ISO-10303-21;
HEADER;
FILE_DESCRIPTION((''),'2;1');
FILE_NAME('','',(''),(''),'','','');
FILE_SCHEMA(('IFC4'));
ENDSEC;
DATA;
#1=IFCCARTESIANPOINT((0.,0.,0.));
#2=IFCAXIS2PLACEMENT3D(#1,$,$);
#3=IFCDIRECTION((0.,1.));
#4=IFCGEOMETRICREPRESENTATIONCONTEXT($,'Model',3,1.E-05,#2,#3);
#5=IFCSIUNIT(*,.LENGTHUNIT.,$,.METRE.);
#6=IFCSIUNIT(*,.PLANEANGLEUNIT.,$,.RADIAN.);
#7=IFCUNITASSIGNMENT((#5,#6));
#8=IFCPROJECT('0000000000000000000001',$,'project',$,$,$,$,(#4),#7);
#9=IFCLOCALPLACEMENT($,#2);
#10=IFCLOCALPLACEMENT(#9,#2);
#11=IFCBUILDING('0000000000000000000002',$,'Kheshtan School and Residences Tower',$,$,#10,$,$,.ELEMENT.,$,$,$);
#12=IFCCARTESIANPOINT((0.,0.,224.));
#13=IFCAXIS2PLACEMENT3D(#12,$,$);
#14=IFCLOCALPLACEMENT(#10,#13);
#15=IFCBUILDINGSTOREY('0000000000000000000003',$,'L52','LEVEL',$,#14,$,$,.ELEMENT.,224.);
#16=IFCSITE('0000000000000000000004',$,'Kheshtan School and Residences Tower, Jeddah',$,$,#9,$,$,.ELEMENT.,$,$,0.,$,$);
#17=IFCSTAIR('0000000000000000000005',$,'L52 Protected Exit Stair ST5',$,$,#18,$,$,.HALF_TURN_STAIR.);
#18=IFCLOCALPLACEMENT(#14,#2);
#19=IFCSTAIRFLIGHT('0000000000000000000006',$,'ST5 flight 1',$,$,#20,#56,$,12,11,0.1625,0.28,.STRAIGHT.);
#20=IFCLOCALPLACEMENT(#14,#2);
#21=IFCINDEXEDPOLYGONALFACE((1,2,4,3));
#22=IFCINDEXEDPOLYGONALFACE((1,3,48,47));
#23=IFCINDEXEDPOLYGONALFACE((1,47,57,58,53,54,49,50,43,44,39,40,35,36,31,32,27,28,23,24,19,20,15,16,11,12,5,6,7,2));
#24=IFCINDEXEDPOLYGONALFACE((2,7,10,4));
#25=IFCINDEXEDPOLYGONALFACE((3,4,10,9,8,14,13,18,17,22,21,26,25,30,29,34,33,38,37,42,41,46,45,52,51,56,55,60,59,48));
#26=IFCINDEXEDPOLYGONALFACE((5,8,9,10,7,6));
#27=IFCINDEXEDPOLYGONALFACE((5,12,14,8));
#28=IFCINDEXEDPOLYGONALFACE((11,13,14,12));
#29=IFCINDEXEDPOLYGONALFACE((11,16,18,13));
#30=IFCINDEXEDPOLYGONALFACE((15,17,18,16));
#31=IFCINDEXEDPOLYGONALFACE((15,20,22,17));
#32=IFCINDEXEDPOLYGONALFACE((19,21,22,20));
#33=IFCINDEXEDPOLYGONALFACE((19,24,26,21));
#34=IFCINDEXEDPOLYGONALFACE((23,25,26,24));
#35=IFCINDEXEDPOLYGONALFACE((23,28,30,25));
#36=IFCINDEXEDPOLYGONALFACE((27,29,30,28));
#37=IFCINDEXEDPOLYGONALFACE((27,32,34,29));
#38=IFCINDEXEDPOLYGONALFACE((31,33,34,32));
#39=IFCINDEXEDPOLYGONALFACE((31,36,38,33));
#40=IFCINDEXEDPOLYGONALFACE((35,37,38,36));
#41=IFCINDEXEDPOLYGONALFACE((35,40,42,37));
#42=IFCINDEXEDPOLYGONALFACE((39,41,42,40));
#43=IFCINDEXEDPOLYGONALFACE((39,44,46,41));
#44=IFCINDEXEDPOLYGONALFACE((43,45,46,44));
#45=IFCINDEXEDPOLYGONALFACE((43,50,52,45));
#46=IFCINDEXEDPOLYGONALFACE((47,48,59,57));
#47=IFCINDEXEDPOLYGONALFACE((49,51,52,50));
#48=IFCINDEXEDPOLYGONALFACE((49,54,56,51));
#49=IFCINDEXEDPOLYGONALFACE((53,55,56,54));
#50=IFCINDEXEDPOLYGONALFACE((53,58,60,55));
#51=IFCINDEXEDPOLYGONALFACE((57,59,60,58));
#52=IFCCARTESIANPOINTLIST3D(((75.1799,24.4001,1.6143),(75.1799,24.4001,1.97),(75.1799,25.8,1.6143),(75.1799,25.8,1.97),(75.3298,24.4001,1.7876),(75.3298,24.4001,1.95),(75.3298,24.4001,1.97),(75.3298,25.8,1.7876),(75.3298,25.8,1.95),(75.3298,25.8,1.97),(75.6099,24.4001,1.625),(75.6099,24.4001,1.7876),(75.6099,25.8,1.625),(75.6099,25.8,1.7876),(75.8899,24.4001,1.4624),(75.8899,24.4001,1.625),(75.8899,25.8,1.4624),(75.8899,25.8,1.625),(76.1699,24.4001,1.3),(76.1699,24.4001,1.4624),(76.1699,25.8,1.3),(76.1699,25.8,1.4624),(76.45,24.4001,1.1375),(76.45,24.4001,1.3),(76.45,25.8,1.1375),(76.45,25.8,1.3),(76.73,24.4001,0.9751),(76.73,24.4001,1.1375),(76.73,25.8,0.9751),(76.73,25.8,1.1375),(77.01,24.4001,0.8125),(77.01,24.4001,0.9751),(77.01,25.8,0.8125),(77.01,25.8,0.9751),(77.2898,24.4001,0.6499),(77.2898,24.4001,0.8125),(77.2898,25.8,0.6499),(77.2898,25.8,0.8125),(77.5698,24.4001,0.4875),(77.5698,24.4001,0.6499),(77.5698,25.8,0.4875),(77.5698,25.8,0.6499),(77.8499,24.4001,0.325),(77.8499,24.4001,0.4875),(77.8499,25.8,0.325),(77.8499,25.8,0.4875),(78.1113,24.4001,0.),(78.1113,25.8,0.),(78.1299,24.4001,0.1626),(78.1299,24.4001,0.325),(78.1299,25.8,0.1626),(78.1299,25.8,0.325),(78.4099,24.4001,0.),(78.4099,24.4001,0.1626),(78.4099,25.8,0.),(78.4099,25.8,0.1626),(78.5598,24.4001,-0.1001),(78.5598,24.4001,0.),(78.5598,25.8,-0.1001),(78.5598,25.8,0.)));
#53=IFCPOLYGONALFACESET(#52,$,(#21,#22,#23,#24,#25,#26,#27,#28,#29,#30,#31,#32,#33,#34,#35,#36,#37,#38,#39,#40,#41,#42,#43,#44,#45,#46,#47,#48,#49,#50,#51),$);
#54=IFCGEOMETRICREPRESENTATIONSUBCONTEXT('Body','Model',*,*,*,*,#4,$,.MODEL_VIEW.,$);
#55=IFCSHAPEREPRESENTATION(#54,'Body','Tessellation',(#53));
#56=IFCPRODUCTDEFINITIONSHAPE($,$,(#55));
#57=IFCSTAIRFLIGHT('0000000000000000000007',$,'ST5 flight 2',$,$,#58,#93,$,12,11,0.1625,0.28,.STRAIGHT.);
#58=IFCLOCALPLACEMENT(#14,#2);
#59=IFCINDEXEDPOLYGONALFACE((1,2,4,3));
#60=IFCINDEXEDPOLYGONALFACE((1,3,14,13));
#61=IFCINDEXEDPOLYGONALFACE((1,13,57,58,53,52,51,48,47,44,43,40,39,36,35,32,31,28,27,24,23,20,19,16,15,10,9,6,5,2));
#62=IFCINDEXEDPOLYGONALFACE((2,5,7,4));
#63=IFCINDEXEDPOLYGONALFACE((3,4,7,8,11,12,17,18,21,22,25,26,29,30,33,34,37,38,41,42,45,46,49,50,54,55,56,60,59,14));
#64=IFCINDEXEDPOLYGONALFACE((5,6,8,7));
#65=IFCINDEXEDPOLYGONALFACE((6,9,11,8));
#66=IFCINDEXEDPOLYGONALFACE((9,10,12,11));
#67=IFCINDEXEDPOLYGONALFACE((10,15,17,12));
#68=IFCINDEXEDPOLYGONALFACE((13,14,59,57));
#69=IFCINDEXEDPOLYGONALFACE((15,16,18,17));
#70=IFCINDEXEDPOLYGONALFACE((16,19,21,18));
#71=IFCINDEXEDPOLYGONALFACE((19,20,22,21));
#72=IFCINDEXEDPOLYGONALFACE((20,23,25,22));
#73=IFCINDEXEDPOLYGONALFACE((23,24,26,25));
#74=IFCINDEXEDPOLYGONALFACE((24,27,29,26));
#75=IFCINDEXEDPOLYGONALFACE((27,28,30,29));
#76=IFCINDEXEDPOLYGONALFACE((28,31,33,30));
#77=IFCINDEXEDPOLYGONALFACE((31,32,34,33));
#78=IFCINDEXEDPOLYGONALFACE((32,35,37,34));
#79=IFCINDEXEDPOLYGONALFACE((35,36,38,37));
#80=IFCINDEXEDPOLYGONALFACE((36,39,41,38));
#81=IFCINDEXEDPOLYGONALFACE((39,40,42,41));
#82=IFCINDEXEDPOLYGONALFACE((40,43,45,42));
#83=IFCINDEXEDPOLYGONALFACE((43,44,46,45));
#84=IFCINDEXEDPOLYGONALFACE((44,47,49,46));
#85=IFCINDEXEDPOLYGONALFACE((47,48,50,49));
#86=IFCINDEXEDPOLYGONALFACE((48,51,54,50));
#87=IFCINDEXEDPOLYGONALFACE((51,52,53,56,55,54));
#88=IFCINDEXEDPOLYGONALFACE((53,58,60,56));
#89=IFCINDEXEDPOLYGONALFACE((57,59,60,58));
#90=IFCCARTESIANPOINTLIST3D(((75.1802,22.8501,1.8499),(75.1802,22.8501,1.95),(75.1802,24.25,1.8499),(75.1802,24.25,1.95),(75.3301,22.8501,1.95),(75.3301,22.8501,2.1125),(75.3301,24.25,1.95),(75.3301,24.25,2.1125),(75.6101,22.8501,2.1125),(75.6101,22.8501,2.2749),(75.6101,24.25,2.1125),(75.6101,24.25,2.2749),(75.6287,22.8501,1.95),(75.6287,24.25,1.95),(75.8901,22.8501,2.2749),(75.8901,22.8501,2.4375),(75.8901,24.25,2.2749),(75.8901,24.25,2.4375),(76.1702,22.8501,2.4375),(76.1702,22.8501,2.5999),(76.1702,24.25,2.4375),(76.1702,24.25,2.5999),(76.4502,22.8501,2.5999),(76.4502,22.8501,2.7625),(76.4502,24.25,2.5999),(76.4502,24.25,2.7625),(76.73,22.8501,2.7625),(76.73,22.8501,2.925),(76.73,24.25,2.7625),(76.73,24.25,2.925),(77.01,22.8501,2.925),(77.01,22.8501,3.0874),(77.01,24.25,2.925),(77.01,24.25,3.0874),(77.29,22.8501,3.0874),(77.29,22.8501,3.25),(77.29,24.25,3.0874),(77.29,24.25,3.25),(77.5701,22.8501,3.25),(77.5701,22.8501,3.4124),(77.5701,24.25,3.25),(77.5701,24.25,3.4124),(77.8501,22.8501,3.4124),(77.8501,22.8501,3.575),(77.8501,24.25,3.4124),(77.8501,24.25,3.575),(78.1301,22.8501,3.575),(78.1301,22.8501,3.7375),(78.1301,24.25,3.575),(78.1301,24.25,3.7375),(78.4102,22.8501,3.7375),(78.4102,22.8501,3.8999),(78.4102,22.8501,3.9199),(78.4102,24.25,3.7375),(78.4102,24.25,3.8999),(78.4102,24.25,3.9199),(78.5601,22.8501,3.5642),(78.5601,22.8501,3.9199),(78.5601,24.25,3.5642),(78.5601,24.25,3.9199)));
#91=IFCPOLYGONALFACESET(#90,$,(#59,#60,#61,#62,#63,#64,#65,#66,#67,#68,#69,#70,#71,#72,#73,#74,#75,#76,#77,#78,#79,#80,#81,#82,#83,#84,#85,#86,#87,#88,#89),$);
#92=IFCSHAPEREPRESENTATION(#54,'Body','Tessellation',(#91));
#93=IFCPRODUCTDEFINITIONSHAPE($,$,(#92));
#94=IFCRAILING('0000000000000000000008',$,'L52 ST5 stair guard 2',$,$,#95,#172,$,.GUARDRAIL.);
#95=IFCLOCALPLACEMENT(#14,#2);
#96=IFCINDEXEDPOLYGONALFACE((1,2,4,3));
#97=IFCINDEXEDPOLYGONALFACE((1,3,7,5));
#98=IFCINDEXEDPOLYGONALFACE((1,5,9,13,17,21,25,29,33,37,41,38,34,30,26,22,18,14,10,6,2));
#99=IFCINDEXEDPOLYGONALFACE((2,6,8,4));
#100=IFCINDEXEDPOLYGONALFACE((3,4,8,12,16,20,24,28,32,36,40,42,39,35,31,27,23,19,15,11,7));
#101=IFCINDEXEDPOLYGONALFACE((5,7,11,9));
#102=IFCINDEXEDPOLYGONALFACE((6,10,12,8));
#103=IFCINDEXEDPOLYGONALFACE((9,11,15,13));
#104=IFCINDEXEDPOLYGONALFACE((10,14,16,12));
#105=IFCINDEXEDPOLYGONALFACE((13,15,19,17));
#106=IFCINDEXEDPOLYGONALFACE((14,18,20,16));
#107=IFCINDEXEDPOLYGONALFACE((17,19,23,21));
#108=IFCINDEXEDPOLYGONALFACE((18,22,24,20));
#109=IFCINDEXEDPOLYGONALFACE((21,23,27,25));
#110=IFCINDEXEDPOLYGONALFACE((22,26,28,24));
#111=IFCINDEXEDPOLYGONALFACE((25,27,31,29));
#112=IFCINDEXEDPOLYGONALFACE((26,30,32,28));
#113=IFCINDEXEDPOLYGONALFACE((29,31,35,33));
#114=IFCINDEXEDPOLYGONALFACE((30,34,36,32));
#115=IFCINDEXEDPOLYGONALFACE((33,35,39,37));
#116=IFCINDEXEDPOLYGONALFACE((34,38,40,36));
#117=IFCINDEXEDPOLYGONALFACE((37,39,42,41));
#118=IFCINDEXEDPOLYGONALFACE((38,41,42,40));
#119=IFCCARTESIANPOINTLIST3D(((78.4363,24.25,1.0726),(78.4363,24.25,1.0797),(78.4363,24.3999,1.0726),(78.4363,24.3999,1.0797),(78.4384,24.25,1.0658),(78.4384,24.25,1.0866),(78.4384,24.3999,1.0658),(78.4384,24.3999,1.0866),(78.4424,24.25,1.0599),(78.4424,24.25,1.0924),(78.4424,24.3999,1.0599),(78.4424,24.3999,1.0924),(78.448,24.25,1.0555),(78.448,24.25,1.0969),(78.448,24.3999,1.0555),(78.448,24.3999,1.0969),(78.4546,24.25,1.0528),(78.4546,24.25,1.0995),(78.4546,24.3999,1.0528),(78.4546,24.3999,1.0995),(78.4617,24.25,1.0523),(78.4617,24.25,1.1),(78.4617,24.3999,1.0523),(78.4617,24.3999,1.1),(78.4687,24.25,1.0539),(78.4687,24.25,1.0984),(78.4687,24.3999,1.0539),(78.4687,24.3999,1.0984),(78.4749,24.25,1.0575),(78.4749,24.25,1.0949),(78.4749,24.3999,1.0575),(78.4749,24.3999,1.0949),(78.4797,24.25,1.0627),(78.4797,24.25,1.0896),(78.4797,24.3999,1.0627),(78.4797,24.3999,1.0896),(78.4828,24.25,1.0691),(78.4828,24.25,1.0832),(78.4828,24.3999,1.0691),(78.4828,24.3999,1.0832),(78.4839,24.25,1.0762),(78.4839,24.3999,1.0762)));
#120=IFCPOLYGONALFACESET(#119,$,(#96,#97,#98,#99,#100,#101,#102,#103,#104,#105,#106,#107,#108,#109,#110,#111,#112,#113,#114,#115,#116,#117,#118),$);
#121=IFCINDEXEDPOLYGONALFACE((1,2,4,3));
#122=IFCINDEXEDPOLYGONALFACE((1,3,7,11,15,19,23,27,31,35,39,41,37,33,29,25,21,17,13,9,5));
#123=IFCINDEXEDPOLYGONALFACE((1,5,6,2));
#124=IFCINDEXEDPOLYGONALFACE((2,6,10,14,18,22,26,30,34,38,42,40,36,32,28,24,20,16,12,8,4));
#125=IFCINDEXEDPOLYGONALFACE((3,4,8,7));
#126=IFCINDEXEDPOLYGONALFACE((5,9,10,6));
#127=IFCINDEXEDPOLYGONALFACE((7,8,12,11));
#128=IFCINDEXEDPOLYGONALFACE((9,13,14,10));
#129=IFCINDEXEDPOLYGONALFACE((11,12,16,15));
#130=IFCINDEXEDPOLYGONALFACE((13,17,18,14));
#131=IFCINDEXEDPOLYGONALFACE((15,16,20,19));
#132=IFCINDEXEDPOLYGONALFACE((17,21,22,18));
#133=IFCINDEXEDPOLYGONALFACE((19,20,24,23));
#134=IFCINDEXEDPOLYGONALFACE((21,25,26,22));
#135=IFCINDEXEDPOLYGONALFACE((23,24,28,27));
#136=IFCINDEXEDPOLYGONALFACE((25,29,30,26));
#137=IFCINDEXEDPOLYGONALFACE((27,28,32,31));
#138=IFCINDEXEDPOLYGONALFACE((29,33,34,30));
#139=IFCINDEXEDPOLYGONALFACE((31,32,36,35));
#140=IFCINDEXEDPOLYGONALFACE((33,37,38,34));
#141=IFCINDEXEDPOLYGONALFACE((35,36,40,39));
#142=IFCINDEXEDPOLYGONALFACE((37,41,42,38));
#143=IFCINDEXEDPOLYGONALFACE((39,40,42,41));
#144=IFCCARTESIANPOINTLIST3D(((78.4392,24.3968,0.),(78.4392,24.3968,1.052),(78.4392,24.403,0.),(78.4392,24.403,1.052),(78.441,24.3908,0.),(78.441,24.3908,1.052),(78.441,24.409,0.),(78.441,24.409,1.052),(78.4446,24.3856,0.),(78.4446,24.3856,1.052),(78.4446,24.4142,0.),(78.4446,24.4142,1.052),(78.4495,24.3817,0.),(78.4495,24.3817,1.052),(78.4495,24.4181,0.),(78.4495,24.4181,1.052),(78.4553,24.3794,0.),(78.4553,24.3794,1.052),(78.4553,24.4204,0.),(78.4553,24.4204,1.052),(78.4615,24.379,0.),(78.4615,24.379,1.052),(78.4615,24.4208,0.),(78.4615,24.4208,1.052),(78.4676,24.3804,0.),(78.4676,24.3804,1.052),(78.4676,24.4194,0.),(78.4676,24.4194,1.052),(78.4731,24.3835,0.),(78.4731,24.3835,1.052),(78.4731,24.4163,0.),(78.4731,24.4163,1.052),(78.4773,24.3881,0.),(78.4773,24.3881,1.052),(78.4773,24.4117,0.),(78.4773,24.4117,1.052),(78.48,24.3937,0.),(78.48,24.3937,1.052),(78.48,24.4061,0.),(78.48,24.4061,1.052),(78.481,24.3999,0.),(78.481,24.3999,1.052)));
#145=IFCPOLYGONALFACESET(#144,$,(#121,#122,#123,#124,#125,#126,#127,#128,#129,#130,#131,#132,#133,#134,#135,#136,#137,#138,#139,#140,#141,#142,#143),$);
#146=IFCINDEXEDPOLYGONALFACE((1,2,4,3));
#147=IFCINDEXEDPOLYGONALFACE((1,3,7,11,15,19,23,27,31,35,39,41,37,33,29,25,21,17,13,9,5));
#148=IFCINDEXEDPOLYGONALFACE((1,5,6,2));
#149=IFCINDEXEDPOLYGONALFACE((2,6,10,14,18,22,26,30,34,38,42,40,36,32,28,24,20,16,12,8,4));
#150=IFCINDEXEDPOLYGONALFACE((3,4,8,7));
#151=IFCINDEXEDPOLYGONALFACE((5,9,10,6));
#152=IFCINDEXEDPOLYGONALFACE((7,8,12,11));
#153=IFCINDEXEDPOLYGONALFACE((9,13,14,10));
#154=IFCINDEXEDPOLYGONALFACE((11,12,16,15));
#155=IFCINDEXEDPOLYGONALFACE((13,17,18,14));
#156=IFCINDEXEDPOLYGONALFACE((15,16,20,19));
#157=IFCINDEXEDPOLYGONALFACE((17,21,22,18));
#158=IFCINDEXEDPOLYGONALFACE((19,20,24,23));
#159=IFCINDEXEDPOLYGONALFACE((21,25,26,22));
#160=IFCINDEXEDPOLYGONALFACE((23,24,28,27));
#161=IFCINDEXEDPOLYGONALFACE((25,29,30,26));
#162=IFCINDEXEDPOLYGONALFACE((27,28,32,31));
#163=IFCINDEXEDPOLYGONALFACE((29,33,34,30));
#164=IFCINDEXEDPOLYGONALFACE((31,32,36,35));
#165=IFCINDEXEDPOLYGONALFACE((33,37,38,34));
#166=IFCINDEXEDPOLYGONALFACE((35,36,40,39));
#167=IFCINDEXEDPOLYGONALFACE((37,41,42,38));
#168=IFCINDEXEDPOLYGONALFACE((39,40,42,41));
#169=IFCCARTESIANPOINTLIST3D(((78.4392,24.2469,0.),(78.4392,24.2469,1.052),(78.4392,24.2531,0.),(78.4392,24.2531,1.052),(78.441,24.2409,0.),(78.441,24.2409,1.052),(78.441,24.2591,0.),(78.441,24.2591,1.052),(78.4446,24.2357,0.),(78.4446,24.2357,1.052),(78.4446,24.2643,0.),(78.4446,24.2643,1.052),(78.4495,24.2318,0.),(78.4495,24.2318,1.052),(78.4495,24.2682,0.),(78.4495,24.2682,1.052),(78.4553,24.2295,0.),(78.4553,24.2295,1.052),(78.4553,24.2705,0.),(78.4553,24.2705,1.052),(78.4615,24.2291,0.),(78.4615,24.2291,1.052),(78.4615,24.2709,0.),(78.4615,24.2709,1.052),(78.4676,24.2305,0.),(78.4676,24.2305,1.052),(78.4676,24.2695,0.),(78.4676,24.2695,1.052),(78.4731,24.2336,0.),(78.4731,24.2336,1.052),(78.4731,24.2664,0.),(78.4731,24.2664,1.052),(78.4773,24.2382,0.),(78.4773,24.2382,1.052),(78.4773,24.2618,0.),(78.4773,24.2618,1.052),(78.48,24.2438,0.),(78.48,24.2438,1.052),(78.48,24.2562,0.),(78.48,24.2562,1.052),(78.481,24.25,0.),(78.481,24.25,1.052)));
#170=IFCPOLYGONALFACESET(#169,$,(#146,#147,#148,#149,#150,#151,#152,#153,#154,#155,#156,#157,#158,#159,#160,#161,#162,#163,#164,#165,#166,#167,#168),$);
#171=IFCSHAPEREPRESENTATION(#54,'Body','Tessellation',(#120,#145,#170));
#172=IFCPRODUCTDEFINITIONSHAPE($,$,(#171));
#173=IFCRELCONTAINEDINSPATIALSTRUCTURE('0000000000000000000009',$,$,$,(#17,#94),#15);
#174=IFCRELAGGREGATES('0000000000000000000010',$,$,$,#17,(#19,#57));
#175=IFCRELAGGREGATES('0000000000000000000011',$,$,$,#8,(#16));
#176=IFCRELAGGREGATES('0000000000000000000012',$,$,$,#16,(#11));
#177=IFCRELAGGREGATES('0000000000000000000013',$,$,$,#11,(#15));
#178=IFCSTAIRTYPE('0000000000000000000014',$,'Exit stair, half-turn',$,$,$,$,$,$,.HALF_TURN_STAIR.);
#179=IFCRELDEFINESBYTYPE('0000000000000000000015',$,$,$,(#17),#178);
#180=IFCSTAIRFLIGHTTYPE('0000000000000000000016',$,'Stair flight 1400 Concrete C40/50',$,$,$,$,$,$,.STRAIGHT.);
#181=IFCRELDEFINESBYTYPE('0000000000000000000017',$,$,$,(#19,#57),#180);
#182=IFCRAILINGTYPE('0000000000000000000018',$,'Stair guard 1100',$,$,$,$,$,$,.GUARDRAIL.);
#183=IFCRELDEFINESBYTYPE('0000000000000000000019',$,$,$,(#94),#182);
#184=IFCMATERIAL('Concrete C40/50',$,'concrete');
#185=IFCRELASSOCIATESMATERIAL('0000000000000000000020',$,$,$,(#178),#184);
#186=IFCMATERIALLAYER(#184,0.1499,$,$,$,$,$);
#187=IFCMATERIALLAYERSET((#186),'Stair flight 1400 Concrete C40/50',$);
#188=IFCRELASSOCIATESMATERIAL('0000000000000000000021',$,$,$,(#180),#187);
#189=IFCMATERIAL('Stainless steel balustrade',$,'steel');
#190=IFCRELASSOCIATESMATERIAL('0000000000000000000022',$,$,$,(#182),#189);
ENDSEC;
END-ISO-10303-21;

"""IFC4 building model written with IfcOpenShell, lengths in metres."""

from ifc_helpers import new_model, si_unit, direction, frame, origin, origin_2d, place, context, subcontext, project, spatial, polyline, circle, outline, extrude, material, layer, layer_set, type_object, element, aggregate, save


model = new_model("IFC4")

# Units and contexts
model_context = context("Model", 3, precision=1e-05, world=origin(), true_north=direction((0.0, 1.0)))
body_context = subcontext(model_context, "Body", "Model", "MODEL_VIEW")
ifc_project = project(units=[si_unit("LENGTHUNIT", "METRE"), si_unit("PLANEANGLEUNIT", "RADIAN")], contexts=[model_context])

# Site, building, storey
site_placement = place(None, origin())
site = spatial("IfcSite", under=ifc_project, at=site_placement, Name="Kheshtan School and Residences Tower, Jeddah", CompositionType="ELEMENT", RefElevation=0.0)
building_placement = place(site_placement, origin())
building = spatial("IfcBuilding", under=site, at=building_placement, Name="Kheshtan School and Residences Tower", CompositionType="ELEMENT")
storey_placement = place(building_placement, frame((0.0, 0.0, 224.0)))
storey = spatial("IfcBuildingStorey", under=building, at=storey_placement, Name="L52", Description="LEVEL", CompositionType="ELEMENT", Elevation=224.0)

# Shared definitions
ifc_material_1 = material(Name="Concrete C40/50", Category="concrete")

# Stair, stair flights
stair_type = type_object("IfcStairType", Name="Exit stair, half-turn", PredefinedType="HALF_TURN_STAIR", material=ifc_material_1)
stair_placement = place(storey_placement, origin())
stair = element("IfcStair", 1, at=stair_placement, inside=storey, type_object=stair_type, Name="L52 Protected Exit Stair ST5", PredefinedType="HALF_TURN_STAIR")
ifc_layer_1 = layer(ifc_material_1, 0.1499)
ifc_layer_set_1 = layer_set([ifc_layer_1], Name="Stair flight 1400 Concrete C40/50")
stair_flight_type = type_object("IfcStairFlightType", Name="Stair flight 1400 Concrete C40/50", PredefinedType="STRAIGHT", material=ifc_layer_set_1)
stair_flight_1_placement = place(storey_placement, frame((78.4099, 25.1001, 0.0), z_axis=(0.0, 0.0, 1.0), x_axis=(-1.0, 0.0, 0.0)))
stair_flight_1 = element("IfcStairFlight", 2, at=stair_flight_1_placement, type_object=stair_flight_type, Name="ST5 flight 1", NumberOfRisers=12, NumberOfTreads=11, PredefinedType="STRAIGHT", RiserHeight=0.1625, TreadLength=0.28, context=body_context, shape_type="SweptSolid", body=[
    extrude(outline(polyline([(-0.1499, -0.1001), (-0.1499, 0.0), (0.0, 0.0), (0.0, 0.1626), (0.28, 0.1626), (0.28, 0.325), (0.5601, 0.325), (0.5601, 0.4875), (0.8401, 0.4875), (0.8401, 0.6499), (1.1201, 0.6499), (1.1201, 0.8125), (1.3999, 0.8125), (1.3999, 0.9751), (1.6799, 0.9751), (1.6799, 1.1375), (1.96, 1.1375), (1.96, 1.3), (2.24, 1.3), (2.24, 1.4624), (2.52, 1.4624), (2.52, 1.625), (2.8, 1.625), (2.8, 1.7876), (3.0801, 1.7876), (3.0801, 1.95), (3.0801, 1.97), (3.23, 1.97), (3.23, 1.6143), (0.2986, 0.0), (-0.1499, -0.1001)])), frame((0.0, 0.7, 0.0), z_axis=(0.0, -1.0, 0.0), x_axis=(1.0, 0.0, 0.0)), (0.0, 0.0, 1.0), 1.3999),
])
stair_flight_2_placement = place(storey_placement, frame((75.3301, 23.55, 1.95), z_axis=(0.0, 0.0, 1.0), x_axis=(1.0, 0.0, 0.0)))
stair_flight_2 = element("IfcStairFlight", 3, at=stair_flight_2_placement, type_object=stair_flight_type, Name="ST5 flight 2", NumberOfRisers=12, NumberOfTreads=11, PredefinedType="STRAIGHT", RiserHeight=0.1625, TreadLength=0.28, context=body_context, shape_type="SweptSolid", body=[
    extrude(outline(polyline([(-0.1499, -0.1001), (-0.1499, 0.0), (0.0, 0.0), (0.0, 0.1626), (0.28, 0.1626), (0.28, 0.325), (0.5601, 0.325), (0.5601, 0.4875), (0.8401, 0.4875), (0.8401, 0.6499), (1.1201, 0.6499), (1.1201, 0.8125), (1.3999, 0.8125), (1.3999, 0.9751), (1.6799, 0.9751), (1.6799, 1.1375), (1.96, 1.1375), (1.96, 1.3), (2.24, 1.3), (2.24, 1.4624), (2.52, 1.4624), (2.52, 1.625), (2.8, 1.625), (2.8, 1.7876), (3.0801, 1.7876), (3.0801, 1.95), (3.0801, 1.97), (3.23, 1.97), (3.23, 1.6143), (0.2986, 0.0), (-0.1499, -0.1001)])), frame((0.0, 0.7, 0.0), z_axis=(0.0, -1.0, 0.0), x_axis=(1.0, 0.0, 0.0)), (0.0, 0.0, 1.0), 1.3999),
])
aggregate(stair, [stair_flight_1, stair_flight_2])

# Railing
ifc_material_2 = material(Name="Stainless steel balustrade", Category="steel")
railing_type_1 = type_object("IfcRailingType", Name="Stair guard 1100", PredefinedType="GUARDRAIL", material=ifc_material_2)
railing_1_placement = place(storey_placement, frame((78.46, 24.3999, 0.0)))
element("IfcRailing", 4, at=railing_1_placement, inside=storey, type_object=railing_type_1, Name="L52 ST5 stair guard 2", PredefinedType="GUARDRAIL", context=body_context, shape_type="SweptSolid", body=[
    extrude(circle(Radius=0.0239, at=origin_2d()), frame((0.0, 0.0, 1.0762), z_axis=(0.0, -1.0, 0.0), x_axis=(1.0, 0.0, 0.0)), (0.0, 0.0, 1.0), 0.1499),
    extrude(circle(Radius=0.021, at=origin_2d()), origin(), (0.0, 0.0, 1.0), 1.052),
    extrude(circle(Radius=0.021, at=origin_2d()), frame((0.0, -0.1499, 0.0)), (0.0, 0.0, 1.0), 1.052),
])

save(model, "model.ifc")
